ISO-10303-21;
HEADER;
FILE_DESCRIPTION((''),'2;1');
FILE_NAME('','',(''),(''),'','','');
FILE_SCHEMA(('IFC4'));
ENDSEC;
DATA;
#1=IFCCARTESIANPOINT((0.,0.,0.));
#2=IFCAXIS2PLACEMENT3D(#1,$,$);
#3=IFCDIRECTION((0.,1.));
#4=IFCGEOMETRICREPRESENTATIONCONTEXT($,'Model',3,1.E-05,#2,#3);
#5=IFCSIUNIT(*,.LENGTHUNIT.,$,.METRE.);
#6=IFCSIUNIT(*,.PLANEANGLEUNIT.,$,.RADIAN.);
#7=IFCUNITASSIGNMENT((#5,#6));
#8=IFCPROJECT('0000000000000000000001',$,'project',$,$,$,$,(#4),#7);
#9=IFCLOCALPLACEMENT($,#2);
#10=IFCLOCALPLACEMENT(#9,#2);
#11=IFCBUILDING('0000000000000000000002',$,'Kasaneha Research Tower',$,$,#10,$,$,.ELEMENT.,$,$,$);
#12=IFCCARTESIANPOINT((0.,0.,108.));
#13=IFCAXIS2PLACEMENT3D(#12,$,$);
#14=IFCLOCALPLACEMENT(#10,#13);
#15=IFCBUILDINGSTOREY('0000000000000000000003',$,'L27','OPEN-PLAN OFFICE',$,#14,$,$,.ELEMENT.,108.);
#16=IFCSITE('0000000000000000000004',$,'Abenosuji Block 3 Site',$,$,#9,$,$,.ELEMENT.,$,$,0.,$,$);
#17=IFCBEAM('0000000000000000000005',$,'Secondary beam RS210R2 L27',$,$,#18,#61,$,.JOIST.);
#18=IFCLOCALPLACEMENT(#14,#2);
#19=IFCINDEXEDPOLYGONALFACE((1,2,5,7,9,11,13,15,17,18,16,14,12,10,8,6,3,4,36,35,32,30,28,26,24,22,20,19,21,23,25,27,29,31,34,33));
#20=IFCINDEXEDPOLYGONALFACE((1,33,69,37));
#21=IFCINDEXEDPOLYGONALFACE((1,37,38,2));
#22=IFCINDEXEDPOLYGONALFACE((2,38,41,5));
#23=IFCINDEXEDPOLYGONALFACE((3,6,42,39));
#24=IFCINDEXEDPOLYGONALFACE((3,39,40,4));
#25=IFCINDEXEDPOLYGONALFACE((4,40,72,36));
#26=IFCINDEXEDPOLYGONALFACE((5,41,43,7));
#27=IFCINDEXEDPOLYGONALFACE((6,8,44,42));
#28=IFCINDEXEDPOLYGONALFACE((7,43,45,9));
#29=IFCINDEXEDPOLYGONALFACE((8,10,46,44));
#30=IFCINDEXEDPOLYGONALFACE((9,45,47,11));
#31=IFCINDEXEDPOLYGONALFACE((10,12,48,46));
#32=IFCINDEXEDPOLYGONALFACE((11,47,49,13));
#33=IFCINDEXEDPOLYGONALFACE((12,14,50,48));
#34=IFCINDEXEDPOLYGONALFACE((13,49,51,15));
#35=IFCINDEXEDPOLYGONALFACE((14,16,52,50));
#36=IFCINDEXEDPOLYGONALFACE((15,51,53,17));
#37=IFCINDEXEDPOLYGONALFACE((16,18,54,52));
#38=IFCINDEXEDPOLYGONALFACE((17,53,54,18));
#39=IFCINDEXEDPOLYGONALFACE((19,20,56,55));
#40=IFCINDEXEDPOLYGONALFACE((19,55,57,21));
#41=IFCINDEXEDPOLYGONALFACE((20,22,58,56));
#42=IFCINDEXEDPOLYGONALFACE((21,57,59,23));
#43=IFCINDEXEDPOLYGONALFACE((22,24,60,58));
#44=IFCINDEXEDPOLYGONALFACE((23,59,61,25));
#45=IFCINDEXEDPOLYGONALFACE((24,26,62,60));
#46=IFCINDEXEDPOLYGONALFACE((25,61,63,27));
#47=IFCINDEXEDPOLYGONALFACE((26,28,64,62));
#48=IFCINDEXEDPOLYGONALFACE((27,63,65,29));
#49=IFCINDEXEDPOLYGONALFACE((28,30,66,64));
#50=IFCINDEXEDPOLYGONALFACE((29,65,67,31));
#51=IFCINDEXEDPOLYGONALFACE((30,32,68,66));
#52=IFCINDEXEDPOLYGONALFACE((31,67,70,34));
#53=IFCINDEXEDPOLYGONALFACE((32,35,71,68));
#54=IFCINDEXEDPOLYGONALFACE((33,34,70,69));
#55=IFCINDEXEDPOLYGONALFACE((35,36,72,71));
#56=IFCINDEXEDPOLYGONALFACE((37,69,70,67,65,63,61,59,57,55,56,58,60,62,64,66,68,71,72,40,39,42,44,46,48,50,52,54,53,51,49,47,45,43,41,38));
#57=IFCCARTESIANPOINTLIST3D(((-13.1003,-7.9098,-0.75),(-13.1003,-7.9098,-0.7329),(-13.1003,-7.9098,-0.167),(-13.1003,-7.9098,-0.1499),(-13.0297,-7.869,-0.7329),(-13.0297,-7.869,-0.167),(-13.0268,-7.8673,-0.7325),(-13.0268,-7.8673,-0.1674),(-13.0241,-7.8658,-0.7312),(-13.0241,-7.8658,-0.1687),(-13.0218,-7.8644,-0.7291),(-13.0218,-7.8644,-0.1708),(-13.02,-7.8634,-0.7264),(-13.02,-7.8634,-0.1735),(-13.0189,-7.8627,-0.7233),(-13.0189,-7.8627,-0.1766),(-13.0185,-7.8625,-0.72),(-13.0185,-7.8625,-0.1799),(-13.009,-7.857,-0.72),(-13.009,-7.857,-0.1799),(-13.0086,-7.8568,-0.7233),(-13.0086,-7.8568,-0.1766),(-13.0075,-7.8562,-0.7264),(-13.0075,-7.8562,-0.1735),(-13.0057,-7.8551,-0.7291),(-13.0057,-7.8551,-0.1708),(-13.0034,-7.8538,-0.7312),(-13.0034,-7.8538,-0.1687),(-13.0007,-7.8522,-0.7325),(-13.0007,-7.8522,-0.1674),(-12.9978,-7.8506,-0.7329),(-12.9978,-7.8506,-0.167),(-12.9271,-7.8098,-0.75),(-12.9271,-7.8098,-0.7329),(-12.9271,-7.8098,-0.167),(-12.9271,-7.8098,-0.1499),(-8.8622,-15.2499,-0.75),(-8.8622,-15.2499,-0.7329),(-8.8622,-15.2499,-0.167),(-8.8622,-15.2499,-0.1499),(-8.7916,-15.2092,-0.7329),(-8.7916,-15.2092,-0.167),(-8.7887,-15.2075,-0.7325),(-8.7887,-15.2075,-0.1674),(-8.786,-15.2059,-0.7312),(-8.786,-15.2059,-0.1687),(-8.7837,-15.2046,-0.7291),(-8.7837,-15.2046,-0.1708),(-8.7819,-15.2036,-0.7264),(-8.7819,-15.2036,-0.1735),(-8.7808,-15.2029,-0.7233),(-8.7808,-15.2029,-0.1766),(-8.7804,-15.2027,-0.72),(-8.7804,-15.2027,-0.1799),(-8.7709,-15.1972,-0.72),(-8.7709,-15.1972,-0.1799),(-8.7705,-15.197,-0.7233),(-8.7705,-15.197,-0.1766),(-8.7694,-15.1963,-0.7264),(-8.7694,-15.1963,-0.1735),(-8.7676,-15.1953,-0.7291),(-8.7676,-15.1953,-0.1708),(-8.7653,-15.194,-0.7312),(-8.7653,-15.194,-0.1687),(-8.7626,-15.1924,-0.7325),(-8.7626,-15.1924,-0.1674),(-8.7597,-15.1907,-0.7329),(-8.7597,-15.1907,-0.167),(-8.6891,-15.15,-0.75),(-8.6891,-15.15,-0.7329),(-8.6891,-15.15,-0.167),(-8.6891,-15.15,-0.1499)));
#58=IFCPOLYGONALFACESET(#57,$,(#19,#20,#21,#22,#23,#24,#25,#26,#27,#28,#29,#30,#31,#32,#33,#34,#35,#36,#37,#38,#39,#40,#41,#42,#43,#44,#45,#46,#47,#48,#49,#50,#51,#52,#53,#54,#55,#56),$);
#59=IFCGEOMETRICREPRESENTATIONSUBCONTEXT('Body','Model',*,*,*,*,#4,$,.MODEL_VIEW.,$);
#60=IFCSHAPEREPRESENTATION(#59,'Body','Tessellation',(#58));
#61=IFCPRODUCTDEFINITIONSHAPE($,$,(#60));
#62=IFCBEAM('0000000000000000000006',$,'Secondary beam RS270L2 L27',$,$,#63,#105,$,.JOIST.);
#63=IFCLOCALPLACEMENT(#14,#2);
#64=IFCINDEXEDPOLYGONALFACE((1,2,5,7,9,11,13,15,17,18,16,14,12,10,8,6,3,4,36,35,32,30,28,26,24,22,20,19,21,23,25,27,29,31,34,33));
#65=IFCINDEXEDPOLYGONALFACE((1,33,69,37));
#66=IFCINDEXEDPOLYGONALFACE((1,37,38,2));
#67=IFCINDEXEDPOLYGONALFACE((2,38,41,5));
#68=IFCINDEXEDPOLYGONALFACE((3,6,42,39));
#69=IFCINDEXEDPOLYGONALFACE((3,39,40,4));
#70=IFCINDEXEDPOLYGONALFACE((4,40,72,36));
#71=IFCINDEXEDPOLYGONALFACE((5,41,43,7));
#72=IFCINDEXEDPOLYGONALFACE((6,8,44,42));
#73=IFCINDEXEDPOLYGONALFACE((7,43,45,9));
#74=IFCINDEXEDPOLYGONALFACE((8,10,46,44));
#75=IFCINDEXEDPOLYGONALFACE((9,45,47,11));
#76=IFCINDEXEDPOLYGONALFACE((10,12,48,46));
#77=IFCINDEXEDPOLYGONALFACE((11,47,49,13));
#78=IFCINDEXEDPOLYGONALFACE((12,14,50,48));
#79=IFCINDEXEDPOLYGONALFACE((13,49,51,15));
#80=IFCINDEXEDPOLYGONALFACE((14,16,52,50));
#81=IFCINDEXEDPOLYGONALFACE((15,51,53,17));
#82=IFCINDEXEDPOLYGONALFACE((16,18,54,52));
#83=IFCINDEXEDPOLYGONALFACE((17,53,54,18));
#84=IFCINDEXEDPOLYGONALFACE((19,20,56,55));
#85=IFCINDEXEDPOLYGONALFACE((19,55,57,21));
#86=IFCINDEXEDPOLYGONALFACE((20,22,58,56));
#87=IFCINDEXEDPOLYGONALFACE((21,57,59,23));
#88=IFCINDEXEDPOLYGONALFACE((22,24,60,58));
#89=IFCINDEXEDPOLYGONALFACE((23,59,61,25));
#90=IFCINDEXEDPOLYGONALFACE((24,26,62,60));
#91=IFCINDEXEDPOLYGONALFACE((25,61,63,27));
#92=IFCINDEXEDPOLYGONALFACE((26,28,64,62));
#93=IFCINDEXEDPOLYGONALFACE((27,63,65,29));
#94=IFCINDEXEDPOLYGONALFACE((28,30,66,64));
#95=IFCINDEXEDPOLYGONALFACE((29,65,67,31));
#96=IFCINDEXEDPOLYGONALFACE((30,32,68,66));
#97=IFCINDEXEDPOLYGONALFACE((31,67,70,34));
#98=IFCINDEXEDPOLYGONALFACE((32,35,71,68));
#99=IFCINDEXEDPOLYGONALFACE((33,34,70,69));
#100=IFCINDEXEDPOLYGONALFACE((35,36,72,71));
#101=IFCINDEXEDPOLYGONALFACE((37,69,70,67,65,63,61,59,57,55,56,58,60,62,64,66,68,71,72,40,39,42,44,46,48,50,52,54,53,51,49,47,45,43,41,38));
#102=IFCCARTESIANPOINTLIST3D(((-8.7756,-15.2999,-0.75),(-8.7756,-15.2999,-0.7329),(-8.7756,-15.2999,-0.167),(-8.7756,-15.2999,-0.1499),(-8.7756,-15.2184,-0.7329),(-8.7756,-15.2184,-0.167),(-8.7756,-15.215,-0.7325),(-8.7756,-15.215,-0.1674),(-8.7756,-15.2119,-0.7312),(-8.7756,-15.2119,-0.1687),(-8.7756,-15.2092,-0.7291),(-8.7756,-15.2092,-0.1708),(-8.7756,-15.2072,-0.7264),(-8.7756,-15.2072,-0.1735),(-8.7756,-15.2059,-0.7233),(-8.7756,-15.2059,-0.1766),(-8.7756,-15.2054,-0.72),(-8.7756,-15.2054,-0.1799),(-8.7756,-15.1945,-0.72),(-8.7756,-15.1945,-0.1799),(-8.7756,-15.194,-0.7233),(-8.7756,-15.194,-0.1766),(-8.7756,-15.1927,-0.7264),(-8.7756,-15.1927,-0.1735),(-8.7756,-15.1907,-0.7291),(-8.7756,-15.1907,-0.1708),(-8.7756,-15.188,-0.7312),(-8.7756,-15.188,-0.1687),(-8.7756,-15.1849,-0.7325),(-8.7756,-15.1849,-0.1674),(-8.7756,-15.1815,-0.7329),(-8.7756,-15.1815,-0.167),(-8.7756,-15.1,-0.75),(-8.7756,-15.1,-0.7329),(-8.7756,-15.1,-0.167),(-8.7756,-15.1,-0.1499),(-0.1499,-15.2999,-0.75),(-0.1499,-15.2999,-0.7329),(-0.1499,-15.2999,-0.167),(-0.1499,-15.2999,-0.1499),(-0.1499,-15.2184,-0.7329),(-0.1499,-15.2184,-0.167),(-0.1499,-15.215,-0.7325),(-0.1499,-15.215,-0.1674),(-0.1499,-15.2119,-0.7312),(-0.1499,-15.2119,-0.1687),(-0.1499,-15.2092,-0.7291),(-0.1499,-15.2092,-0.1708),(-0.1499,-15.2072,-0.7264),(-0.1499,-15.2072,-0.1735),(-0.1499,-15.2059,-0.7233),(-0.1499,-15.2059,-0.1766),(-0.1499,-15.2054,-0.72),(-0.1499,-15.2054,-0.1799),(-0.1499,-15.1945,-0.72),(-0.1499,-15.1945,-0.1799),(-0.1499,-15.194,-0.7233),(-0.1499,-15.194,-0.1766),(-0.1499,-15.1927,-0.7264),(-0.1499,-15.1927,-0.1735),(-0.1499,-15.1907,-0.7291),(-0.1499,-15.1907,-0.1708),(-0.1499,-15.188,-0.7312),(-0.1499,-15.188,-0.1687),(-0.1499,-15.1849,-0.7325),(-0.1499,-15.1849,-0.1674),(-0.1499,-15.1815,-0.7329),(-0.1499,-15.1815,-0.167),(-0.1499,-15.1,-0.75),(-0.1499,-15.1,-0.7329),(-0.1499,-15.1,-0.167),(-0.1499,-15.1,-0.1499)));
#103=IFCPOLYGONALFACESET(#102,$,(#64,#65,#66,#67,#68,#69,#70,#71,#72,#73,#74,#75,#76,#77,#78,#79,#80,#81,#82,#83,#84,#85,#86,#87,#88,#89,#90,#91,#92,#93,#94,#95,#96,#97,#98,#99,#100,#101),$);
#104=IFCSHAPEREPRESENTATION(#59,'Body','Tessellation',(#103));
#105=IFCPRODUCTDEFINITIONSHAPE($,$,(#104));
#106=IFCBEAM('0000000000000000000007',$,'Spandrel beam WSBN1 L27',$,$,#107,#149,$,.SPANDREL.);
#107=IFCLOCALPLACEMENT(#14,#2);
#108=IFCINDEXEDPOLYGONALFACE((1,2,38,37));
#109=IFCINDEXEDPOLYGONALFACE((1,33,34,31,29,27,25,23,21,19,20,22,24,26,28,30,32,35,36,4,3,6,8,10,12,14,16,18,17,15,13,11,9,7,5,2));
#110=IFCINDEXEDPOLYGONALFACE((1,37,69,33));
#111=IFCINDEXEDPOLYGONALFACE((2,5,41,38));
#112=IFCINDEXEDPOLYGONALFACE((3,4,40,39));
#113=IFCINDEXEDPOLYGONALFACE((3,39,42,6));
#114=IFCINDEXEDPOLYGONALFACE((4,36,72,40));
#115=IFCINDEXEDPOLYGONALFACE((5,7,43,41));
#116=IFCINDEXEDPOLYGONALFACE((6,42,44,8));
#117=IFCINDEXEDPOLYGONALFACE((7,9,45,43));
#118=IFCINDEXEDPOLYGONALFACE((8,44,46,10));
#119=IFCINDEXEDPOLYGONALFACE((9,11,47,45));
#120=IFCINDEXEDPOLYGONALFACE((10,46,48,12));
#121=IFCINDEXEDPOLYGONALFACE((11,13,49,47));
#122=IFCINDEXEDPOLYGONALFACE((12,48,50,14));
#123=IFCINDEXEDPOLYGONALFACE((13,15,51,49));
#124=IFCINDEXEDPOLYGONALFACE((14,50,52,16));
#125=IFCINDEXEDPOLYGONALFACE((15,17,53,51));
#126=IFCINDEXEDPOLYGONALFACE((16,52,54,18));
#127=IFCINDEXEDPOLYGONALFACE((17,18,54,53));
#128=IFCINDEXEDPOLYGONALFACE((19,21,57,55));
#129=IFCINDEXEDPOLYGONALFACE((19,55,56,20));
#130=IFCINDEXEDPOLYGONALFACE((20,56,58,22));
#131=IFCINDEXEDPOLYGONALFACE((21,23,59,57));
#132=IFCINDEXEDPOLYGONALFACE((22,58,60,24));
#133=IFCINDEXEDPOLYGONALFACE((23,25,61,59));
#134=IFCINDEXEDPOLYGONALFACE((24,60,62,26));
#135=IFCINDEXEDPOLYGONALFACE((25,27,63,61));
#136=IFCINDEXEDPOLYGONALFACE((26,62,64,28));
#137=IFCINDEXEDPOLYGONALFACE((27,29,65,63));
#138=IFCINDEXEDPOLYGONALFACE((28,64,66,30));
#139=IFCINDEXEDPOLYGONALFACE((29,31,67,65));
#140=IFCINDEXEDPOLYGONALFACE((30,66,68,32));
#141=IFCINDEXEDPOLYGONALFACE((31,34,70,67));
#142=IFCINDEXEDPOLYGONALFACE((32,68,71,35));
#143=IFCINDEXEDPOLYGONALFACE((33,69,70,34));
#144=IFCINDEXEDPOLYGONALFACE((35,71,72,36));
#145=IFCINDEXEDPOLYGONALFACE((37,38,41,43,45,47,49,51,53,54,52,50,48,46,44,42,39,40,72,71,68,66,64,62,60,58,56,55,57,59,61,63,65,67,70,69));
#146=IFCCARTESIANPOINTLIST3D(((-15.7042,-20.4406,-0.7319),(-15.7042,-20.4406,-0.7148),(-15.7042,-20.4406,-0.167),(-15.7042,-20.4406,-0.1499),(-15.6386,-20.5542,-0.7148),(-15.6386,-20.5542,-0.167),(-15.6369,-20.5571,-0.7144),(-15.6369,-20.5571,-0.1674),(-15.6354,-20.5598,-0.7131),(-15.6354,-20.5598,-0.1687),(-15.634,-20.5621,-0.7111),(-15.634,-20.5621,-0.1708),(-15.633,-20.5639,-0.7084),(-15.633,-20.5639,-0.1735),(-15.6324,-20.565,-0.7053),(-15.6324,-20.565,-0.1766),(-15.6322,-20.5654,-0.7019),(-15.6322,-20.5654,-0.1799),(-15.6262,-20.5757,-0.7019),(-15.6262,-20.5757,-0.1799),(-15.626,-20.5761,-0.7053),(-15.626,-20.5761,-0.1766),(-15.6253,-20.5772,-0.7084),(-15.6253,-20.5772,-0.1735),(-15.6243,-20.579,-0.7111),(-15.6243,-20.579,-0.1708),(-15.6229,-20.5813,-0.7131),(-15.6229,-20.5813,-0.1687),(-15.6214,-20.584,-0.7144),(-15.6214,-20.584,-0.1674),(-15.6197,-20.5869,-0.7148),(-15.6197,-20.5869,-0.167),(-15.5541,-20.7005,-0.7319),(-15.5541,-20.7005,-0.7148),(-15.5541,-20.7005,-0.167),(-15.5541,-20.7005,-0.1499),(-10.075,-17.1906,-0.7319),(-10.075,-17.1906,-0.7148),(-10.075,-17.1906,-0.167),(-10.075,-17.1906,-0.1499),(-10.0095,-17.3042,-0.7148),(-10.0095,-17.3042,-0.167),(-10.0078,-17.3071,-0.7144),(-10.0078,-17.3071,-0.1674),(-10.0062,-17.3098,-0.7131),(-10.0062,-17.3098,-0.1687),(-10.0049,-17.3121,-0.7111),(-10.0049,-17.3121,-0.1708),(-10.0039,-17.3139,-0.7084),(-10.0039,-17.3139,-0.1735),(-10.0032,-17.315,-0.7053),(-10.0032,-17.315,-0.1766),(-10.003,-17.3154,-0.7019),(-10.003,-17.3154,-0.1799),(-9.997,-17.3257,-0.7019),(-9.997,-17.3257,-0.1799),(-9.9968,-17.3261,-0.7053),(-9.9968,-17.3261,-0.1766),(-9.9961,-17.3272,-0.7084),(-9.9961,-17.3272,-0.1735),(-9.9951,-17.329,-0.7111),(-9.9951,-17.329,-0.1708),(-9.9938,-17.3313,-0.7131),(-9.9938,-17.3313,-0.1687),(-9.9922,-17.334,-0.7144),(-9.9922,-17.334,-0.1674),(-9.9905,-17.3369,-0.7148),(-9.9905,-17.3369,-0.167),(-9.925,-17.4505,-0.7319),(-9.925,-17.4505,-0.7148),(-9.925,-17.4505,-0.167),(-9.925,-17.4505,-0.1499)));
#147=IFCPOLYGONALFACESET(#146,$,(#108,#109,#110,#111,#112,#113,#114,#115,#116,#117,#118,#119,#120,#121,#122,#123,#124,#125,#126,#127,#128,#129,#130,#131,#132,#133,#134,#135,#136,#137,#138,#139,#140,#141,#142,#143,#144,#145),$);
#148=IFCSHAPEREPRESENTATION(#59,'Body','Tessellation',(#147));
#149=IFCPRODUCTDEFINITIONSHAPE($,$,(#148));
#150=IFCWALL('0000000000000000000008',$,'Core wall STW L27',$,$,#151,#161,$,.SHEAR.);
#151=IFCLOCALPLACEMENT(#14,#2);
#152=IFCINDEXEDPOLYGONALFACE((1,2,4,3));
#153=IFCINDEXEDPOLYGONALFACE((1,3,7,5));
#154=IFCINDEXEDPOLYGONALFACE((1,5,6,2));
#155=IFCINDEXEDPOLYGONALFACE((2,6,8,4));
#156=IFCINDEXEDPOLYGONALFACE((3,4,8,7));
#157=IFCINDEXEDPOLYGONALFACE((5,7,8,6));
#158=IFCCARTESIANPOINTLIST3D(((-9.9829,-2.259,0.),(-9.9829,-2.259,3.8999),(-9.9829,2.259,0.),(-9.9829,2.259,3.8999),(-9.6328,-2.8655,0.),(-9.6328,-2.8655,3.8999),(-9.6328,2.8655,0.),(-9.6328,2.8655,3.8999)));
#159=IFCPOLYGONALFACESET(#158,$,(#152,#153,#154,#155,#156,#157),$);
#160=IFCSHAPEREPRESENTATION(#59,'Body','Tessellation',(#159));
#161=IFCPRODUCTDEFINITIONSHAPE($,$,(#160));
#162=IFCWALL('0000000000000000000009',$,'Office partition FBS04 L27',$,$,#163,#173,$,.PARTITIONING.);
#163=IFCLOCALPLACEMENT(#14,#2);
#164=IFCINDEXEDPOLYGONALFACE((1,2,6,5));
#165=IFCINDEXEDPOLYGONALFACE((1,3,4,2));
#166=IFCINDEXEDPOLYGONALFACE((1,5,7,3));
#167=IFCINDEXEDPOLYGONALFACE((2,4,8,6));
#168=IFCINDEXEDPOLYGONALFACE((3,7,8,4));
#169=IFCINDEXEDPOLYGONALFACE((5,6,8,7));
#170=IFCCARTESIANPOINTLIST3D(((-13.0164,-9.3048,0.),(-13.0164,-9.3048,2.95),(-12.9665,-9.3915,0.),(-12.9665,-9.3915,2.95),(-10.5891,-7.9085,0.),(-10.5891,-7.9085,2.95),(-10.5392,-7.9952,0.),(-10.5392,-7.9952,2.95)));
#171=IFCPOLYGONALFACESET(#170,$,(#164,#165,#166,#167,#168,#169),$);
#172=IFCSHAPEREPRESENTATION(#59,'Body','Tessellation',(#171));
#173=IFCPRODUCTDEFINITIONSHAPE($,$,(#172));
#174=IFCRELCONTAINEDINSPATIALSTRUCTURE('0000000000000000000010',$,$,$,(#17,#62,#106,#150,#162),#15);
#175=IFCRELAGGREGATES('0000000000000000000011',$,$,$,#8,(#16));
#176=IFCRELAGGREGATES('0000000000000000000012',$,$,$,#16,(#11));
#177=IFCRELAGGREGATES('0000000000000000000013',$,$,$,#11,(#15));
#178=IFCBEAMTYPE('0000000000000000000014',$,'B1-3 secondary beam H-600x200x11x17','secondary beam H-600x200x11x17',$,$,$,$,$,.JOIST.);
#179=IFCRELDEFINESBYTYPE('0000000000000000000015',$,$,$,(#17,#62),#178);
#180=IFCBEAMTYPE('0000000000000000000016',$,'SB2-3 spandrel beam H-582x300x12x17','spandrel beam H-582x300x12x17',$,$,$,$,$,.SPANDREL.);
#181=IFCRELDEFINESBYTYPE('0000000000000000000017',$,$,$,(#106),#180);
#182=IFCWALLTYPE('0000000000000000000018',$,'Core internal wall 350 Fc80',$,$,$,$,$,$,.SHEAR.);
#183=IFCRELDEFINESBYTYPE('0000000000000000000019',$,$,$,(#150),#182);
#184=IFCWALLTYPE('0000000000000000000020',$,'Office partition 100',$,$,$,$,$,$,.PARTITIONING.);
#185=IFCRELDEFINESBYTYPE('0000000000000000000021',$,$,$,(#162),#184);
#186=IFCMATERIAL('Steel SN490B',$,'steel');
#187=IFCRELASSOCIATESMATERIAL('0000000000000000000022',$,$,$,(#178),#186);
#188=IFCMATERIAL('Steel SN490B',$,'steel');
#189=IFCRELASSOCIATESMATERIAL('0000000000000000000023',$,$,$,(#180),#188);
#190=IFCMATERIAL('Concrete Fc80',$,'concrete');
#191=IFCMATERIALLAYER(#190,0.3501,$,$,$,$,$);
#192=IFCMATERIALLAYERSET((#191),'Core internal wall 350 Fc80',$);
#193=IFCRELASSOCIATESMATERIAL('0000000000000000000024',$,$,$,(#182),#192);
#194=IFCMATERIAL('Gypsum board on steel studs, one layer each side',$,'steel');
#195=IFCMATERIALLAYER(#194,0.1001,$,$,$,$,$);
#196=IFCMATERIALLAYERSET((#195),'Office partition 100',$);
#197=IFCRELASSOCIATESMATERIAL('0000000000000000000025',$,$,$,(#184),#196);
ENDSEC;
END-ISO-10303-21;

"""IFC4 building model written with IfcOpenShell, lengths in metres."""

from ifc_helpers import new_model, si_unit, direction, frame, frame_2d, origin, origin_2d, place, context, subcontext, project, spatial, polyline, rectangle, i_section, outline, extrude, material, layer, layer_set, material_profile, profile_set, type_object, element, save


model = new_model("IFC4")

# Units and contexts
model_context = context("Model", 3, precision=1e-05, world=origin(), true_north=direction((0.0, 1.0)))
body_context = subcontext(model_context, "Body", "Model", "MODEL_VIEW")
ifc_project = project(units=[si_unit("LENGTHUNIT", "METRE"), si_unit("PLANEANGLEUNIT", "RADIAN")], contexts=[model_context])

# Site, building, storey
site_placement = place(None, origin())
site = spatial("IfcSite", under=ifc_project, at=site_placement, Name="Abenosuji Block 3 Site", CompositionType="ELEMENT", RefElevation=0.0)
building_placement = place(site_placement, origin())
building = spatial("IfcBuilding", under=site, at=building_placement, Name="Kasaneha Research Tower", CompositionType="ELEMENT")
storey_placement = place(building_placement, frame((0.0, 0.0, 108.0)))
storey = spatial("IfcBuildingStorey", under=building, at=storey_placement, Name="L27", Description="OPEN-PLAN OFFICE", CompositionType="ELEMENT", Elevation=108.0)

# Beams
ifc_material_1 = material(Name="Steel SN490B", Category="steel")
ifc_material_profile_1 = material_profile(ifc_material_1, i_section(OverallWidth=0.2, OverallDepth=0.6001, WebThickness=0.011, FlangeThickness=0.0171, FilletRadius=0.0129, at=origin_2d()), Name="H-600x200x11x17")
ifc_profile_set_1 = profile_set([ifc_material_profile_1], Name="Steel SN490B")
beam_type_1 = type_object("IfcBeamType", Name="B1-3 secondary beam H-600x200x11x17", Description="secondary beam H-600x200x11x17", PredefinedType="JOIST", material=ifc_profile_set_1)
beam_1_placement = place(storey_placement, frame((-8.7756, -15.2, -0.45), z_axis=(-0.500021, 0.866013, 0.0), x_axis=(-0.866013, -0.500021, 0.0)))
element("IfcBeam", 1, at=beam_1_placement, inside=storey, type_object=beam_type_1, Name="Secondary beam RS210R2 L27", PredefinedType="JOIST", context=body_context, shape_type="SweptSolid", body=[
    extrude(i_section(OverallWidth=0.2, OverallDepth=0.6001, WebThickness=0.011, FlangeThickness=0.0171, FilletRadius=0.0129, at=origin_2d()), origin(), (0.0, 0.0, 1.0), 8.4758),
])
beam_2_placement = place(storey_placement, frame((-8.7756, -15.2, -0.45), z_axis=(1.0, 0.0, 0.0), x_axis=(0.0, 1.0, 0.0)))
element("IfcBeam", 2, at=beam_2_placement, inside=storey, type_object=beam_type_1, Name="Secondary beam RS270L2 L27", PredefinedType="JOIST", context=body_context, shape_type="SweptSolid", body=[
    extrude(i_section(OverallWidth=0.2, OverallDepth=0.6001, WebThickness=0.011, FlangeThickness=0.0171, FilletRadius=0.0129, at=origin_2d()), origin(), (0.0, 0.0, 1.0), 8.6257),
])
ifc_material_2 = material(Name="Steel SN490B", Category="steel")
ifc_material_profile_2 = material_profile(ifc_material_2, i_section(OverallWidth=0.3, OverallDepth=0.582, WebThickness=0.012, FlangeThickness=0.0171, FilletRadius=0.0129, at=origin_2d()), Name="H-582x300x12x17")
ifc_profile_set_2 = profile_set([ifc_material_profile_2], Name="Steel SN490B")
beam_type_2 = type_object("IfcBeamType", Name="SB2-3 spandrel beam H-582x300x12x17", Description="spandrel beam H-582x300x12x17", PredefinedType="SPANDREL", material=ifc_profile_set_2)
beam_3_placement = place(storey_placement, frame((-10.0, -17.3206, -0.4409), z_axis=(-0.866025, -0.500001, 0.0), x_axis=(0.500001, -0.866025, 0.0)))
element("IfcBeam", 3, at=beam_3_placement, inside=storey, type_object=beam_type_2, Name="Spandrel beam WSBN1 L27", PredefinedType="SPANDREL", context=body_context, shape_type="SweptSolid", body=[
    extrude(i_section(OverallWidth=0.3, OverallDepth=0.582, WebThickness=0.012, FlangeThickness=0.0171, FilletRadius=0.0129, at=origin_2d()), origin(), (0.0, 0.0, 1.0), 6.5),
])

# Shared definitions
ifc_material_3 = material(Name="Concrete Fc80", Category="concrete")
ifc_layer_1 = layer(ifc_material_3, 0.3501)
ifc_layer_set_1 = layer_set([ifc_layer_1], Name="Core internal wall 350 Fc80")
wall_type_1 = type_object("IfcWallType", Name="Core internal wall 350 Fc80", PredefinedType="SHEAR", material=ifc_layer_set_1)

# Walls
wall_1_placement = place(storey_placement, frame((-9.8079, -2.5623, 0.0), z_axis=(0.0, 0.0, 1.0), x_axis=(0.0, 1.0, 0.0)))
element("IfcWall", 4, at=wall_1_placement, inside=storey, type_object=wall_type_1, Name="Core wall STW L27", PredefinedType="SHEAR", context=body_context, shape_type="SweptSolid", body=[
    extrude(outline(polyline([(-0.3032, -0.175), (5.4277, -0.175), (4.8213, 0.175), (0.3032, 0.175), (-0.3032, -0.175)])), origin(), (0.0, 0.0, 1.0), 3.8999),
])
ifc_material_4 = material(Name="Gypsum board on steel studs, one layer each side", Category="steel")
ifc_layer_2 = layer(ifc_material_4, 0.1001)
ifc_layer_set_2 = layer_set([ifc_layer_2], Name="Office partition 100")
wall_type_2 = type_object("IfcWallType", Name="Office partition 100", PredefinedType="PARTITIONING", material=ifc_layer_set_2)
wall_2_placement = place(storey_placement, frame((-12.9915, -9.3481, 0.0), z_axis=(0.0, 0.0, 1.0), x_axis=(0.866818, 0.498625, 0.0)))
element("IfcWall", 5, at=wall_2_placement, inside=storey, type_object=wall_type_2, Name="Office partition FBS04 L27", PredefinedType="PARTITIONING", context=body_context, shape_type="SweptSolid", body=[
    extrude(rectangle(XDim=2.8003, YDim=0.1001, at=frame_2d((1.4001, 0.0))), origin(), (0.0, 0.0, 1.0), 2.95),
])

save(model, "model.ifc")
